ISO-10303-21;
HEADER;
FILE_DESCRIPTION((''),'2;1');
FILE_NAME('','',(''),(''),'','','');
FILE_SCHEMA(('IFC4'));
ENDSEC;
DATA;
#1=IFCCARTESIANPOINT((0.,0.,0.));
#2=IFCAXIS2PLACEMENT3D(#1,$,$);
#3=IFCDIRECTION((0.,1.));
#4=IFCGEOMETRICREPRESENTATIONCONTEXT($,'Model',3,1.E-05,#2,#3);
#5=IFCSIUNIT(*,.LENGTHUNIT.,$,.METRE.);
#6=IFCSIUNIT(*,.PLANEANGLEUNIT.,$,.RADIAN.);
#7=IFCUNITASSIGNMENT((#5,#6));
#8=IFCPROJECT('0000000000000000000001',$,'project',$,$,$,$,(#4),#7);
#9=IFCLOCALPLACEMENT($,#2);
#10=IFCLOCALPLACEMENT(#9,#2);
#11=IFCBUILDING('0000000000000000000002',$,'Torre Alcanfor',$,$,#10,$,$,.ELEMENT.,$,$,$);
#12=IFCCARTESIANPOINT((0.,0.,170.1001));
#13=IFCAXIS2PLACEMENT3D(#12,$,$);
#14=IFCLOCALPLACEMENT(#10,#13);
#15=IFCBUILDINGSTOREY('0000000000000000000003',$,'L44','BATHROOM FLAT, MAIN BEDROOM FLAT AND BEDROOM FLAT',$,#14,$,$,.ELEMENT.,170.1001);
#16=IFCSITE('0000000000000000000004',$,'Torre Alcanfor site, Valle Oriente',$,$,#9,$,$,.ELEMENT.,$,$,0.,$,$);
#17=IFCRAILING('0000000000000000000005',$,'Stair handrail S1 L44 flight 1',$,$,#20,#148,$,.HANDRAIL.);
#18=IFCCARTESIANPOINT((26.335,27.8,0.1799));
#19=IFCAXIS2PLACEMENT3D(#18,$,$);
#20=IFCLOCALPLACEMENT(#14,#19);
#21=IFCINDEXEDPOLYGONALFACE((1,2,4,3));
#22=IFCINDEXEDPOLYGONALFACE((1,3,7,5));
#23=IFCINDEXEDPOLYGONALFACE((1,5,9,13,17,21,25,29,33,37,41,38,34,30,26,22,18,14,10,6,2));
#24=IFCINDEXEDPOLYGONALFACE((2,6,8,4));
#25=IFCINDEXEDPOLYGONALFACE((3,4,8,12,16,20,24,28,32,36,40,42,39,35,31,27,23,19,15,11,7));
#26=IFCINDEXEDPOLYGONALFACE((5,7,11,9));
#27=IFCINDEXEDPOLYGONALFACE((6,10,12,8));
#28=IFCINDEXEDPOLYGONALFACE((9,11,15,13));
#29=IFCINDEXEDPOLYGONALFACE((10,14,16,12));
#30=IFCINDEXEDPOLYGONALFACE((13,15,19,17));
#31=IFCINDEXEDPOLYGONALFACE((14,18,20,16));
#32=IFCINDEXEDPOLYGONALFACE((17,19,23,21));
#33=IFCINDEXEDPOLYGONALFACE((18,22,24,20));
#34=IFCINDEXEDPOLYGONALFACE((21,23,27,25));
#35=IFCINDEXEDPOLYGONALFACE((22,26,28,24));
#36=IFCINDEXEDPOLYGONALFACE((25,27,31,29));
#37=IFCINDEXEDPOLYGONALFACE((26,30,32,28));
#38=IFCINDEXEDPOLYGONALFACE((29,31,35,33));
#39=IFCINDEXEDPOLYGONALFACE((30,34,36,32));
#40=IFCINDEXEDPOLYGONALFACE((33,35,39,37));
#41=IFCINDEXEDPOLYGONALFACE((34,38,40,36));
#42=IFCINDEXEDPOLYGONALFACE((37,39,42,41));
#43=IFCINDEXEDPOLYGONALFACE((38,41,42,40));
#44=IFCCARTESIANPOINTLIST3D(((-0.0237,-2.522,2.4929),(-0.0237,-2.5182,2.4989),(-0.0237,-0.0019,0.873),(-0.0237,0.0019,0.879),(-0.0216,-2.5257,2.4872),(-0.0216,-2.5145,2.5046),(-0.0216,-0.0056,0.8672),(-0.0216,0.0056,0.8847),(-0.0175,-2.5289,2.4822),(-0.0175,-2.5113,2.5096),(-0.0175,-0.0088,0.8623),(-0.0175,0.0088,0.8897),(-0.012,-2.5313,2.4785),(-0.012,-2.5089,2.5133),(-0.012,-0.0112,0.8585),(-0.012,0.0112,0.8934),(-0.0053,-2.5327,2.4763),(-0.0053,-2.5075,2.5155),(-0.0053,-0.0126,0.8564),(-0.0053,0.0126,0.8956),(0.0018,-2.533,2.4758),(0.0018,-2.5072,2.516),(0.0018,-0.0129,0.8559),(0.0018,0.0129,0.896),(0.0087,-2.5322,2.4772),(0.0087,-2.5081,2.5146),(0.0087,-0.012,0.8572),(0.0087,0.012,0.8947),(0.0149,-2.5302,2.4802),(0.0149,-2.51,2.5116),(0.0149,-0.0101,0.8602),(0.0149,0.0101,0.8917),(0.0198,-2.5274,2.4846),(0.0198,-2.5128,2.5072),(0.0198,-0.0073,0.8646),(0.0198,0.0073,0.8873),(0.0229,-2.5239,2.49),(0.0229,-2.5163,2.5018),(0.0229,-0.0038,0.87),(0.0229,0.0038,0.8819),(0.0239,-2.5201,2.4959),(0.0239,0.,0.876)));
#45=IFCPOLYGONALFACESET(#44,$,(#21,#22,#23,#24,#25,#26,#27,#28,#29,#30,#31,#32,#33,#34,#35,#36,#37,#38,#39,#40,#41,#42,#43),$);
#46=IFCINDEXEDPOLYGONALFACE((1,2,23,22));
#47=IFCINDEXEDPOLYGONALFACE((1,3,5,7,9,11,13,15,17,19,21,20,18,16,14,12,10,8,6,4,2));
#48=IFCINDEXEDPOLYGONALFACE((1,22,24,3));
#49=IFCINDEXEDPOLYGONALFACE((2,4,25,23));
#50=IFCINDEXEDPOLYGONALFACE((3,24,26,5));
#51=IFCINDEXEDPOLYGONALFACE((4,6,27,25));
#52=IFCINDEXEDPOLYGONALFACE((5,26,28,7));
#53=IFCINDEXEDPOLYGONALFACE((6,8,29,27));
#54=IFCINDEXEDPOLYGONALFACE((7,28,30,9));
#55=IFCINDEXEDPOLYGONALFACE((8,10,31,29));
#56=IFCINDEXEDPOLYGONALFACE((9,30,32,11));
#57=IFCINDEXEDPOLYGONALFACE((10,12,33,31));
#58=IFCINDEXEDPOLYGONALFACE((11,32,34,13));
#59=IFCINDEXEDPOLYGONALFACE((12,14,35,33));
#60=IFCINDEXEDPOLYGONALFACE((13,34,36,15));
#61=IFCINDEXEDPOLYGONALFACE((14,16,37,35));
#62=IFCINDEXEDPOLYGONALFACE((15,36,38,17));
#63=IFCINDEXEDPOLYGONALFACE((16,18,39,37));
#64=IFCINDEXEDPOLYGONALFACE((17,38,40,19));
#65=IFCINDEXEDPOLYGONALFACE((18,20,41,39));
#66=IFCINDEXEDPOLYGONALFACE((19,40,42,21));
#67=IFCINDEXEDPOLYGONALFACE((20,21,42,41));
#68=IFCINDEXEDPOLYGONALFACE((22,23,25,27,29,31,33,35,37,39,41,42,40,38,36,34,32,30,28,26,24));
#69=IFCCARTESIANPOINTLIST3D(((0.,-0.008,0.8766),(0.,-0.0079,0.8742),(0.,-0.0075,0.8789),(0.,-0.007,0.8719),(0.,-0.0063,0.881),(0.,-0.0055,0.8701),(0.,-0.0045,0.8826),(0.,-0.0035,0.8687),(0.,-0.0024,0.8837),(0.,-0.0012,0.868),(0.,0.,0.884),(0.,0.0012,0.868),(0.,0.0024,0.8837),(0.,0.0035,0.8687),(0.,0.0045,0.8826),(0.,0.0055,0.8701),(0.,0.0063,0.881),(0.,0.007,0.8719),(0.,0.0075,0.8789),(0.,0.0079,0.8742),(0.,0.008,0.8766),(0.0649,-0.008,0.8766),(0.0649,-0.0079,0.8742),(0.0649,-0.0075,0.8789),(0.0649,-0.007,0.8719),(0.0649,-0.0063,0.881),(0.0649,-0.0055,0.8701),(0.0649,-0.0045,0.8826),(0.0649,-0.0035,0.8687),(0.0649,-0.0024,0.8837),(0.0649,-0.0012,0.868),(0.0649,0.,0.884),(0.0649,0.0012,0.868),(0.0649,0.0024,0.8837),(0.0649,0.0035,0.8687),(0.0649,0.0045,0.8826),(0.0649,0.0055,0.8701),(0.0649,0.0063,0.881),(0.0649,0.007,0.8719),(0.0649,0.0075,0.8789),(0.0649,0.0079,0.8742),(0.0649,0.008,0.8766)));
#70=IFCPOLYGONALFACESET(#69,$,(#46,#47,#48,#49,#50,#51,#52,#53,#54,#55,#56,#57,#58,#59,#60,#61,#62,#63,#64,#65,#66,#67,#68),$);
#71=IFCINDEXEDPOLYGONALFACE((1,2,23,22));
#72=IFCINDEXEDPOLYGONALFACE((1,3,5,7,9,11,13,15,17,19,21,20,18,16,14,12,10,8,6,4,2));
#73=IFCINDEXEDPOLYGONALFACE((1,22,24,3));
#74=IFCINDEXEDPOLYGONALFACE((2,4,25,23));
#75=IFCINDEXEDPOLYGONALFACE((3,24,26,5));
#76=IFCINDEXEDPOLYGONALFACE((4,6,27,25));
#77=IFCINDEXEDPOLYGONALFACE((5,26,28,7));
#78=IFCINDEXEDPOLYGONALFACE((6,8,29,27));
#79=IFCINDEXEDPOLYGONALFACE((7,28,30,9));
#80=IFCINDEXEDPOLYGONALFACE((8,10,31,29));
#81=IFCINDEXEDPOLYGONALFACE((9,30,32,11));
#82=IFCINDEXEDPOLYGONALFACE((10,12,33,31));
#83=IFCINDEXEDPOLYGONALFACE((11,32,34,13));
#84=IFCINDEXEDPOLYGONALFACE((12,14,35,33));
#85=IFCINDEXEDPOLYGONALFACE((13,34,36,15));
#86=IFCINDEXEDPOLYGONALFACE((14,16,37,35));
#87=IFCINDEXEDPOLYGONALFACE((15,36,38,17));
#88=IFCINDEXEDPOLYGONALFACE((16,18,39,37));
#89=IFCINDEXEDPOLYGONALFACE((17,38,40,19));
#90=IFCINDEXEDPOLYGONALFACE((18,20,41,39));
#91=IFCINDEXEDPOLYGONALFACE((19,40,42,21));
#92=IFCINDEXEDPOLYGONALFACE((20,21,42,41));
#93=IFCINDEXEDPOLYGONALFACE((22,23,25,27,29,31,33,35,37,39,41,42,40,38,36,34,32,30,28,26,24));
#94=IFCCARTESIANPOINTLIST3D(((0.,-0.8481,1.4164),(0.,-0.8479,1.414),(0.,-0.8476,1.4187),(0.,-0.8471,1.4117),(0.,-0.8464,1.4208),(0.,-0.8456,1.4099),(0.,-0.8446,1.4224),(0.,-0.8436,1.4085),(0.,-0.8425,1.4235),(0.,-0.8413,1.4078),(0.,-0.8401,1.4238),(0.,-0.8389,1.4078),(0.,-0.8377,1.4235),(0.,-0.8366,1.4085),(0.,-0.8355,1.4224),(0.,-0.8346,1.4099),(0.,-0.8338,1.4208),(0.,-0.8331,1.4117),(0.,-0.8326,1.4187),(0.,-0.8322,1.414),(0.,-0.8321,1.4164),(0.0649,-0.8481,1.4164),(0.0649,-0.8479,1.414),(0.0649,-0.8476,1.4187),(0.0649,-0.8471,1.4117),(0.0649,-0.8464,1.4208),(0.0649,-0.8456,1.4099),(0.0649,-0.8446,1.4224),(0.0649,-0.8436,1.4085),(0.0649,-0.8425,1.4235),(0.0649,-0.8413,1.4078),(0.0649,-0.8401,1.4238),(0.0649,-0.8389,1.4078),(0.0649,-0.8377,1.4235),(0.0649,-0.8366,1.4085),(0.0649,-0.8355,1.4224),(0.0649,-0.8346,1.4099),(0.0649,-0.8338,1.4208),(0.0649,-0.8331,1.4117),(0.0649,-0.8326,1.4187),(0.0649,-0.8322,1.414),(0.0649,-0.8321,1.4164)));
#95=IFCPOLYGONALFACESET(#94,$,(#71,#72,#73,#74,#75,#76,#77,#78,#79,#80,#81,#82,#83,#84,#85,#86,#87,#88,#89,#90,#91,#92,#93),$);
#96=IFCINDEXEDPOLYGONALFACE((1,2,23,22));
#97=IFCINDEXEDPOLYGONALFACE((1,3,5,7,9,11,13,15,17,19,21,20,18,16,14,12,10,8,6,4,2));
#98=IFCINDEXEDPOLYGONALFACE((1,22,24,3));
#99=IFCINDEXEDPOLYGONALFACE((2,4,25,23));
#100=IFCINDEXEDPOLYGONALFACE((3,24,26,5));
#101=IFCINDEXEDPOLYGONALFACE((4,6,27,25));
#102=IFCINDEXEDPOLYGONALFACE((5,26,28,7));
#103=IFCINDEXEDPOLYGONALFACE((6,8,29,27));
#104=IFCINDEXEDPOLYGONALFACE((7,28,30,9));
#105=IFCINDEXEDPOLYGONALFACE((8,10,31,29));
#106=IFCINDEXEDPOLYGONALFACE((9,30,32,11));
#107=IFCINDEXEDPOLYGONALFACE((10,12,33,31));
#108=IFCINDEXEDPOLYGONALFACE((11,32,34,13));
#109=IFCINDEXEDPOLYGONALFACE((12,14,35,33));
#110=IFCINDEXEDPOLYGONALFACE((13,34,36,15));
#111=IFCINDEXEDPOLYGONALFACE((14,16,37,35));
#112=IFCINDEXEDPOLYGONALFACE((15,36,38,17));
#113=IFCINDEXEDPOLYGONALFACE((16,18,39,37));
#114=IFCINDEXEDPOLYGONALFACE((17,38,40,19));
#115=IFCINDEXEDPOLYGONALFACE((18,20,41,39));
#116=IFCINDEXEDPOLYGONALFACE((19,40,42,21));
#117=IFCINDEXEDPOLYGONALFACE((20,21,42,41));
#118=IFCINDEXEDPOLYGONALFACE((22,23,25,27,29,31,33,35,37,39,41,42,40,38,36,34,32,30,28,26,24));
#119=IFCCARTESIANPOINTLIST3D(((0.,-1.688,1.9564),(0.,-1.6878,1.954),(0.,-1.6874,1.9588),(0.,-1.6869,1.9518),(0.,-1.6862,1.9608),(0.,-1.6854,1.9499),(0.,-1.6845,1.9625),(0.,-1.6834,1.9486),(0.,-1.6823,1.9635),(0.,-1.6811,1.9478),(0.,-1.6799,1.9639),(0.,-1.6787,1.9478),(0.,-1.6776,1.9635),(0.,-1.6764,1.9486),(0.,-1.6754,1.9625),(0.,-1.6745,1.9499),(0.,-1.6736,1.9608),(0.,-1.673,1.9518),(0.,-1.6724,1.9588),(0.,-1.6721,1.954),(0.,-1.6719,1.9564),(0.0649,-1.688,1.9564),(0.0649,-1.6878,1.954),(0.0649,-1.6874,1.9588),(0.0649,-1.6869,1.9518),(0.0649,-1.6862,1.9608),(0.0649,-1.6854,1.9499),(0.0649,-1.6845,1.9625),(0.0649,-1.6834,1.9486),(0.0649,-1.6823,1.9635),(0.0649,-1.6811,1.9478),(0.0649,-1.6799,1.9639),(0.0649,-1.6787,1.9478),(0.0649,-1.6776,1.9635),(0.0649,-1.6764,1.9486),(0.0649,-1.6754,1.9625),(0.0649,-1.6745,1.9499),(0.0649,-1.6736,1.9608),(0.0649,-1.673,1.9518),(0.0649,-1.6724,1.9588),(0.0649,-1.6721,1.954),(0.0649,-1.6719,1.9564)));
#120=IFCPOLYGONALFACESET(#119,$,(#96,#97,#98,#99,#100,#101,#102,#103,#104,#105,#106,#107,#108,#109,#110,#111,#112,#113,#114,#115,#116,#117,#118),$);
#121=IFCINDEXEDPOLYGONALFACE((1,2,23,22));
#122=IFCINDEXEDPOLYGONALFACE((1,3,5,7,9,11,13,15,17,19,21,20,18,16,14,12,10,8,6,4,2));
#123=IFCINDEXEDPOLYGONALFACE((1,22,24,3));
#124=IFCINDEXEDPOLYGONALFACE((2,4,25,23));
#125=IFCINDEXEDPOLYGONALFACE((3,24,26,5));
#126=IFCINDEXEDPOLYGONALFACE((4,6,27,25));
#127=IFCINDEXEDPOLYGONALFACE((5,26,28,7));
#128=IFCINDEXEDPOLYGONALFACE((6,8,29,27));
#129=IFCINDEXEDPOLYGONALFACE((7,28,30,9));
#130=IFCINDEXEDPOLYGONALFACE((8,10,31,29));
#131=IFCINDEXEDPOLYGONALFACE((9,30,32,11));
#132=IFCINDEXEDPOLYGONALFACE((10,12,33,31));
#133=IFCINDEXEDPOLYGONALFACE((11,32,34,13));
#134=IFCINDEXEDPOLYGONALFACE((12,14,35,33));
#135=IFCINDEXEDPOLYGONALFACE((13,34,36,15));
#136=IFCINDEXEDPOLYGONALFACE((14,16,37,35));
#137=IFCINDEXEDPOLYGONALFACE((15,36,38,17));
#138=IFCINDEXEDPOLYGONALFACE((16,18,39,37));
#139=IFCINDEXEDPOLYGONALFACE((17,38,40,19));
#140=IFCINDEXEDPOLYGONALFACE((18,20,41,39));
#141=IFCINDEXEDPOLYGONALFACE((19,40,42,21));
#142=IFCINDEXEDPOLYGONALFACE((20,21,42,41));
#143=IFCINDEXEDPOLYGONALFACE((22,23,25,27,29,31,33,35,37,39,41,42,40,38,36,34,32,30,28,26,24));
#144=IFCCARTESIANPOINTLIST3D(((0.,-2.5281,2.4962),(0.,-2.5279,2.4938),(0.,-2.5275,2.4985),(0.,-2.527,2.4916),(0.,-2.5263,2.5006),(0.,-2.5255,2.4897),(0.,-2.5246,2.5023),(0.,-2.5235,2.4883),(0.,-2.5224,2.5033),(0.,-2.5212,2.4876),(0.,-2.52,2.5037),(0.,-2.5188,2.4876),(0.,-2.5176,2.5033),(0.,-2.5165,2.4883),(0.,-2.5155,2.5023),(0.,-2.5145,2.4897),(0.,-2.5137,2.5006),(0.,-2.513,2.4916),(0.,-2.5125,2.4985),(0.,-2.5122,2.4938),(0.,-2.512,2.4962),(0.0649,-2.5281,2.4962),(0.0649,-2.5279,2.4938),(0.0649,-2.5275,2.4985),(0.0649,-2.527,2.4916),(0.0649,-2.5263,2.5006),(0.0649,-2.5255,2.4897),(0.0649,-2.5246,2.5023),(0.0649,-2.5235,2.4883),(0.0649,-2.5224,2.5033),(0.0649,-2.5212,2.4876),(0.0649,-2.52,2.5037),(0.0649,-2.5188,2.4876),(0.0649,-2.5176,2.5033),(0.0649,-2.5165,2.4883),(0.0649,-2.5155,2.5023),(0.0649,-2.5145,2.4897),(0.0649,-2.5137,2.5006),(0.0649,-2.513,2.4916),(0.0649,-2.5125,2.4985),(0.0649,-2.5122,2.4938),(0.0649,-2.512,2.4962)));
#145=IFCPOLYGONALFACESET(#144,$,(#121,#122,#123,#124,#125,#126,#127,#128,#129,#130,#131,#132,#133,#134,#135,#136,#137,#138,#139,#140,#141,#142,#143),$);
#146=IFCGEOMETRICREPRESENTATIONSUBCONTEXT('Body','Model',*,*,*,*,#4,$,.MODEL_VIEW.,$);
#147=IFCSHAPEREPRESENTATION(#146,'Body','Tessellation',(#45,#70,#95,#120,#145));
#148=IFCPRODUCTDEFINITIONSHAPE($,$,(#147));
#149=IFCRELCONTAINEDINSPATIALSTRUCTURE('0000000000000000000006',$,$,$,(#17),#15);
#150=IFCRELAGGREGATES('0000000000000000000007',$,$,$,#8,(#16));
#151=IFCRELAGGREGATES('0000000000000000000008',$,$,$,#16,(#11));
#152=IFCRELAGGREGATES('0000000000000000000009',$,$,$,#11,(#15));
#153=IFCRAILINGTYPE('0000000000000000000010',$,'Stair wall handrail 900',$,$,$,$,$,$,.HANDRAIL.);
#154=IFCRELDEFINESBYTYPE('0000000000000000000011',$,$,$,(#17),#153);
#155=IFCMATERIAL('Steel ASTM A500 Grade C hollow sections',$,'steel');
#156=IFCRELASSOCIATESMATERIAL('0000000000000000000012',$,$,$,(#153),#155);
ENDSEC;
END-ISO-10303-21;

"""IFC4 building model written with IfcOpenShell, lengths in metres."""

from ifc_helpers import new_model, si_unit, direction, frame, origin, origin_2d, place, context, subcontext, project, spatial, circle, extrude, material, type_object, element, save


model = new_model("IFC4")

# Units and contexts
model_context = context("Model", 3, precision=1e-05, world=origin(), true_north=direction((0.0, 1.0)))
body_context = subcontext(model_context, "Body", "Model", "MODEL_VIEW")
ifc_project = project(units=[si_unit("LENGTHUNIT", "METRE"), si_unit("PLANEANGLEUNIT", "RADIAN")], contexts=[model_context])

# Site, building, storey
site_placement = place(None, origin())
site = spatial("IfcSite", under=ifc_project, at=site_placement, Name="Torre Alcanfor site, Valle Oriente", CompositionType="ELEMENT", RefElevation=0.0)
building_placement = place(site_placement, origin())
building = spatial("IfcBuilding", under=site, at=building_placement, Name="Torre Alcanfor", CompositionType="ELEMENT")
storey_placement = place(building_placement, frame((0.0, 0.0, 170.1001)))
storey = spatial("IfcBuildingStorey", under=building, at=storey_placement, Name="L44", Description="BATHROOM FLAT, MAIN BEDROOM FLAT AND BEDROOM FLAT", CompositionType="ELEMENT", Elevation=170.1001)

# Railing
ifc_material_1 = material(Name="Steel ASTM A500 Grade C hollow sections", Category="steel")
railing_type_1 = type_object("IfcRailingType", Name="Stair wall handrail 900", PredefinedType="HANDRAIL", material=ifc_material_1)
railing_1_placement = place(storey_placement, frame((26.335, 27.8, 0.1799)))
element("IfcRailing", 1, at=railing_1_placement, inside=storey, type_object=railing_type_1, Name="Stair handrail S1 L44 flight 1", PredefinedType="HANDRAIL", context=body_context, shape_type="SweptSolid", body=[
    extrude(circle(Radius=0.0239, at=origin_2d()), frame((0.0, 0.0, 0.876), z_axis=(0.0, -0.8412, 0.540725), x_axis=(1.0, 0.0, 0.0)), (0.0, 0.0, 1.0), 2.9958),
    extrude(circle(Radius=0.0081, at=origin_2d()), frame((0.0, 0.0, 0.876), z_axis=(1.0, 0.0, 0.0), x_axis=(0.0, 0.0, 1.0)), (0.0, 0.0, 1.0), 0.0649),
    extrude(circle(Radius=0.0081, at=origin_2d()), frame((0.0, -0.8401, 1.4158), z_axis=(1.0, 0.0, 0.0), x_axis=(0.0, 0.0, 1.0)), (0.0, 0.0, 1.0), 0.0649),
    extrude(circle(Radius=0.0081, at=origin_2d()), frame((0.0, -1.6799, 1.9558), z_axis=(1.0, 0.0, 0.0), x_axis=(0.0, 0.0, 1.0)), (0.0, 0.0, 1.0), 0.0649),
    extrude(circle(Radius=0.0081, at=origin_2d()), frame((0.0, -2.52, 2.4956), z_axis=(1.0, 0.0, 0.0), x_axis=(0.0, 0.0, 1.0)), (0.0, 0.0, 1.0), 0.0649),
])

save(model, "model.ifc")
